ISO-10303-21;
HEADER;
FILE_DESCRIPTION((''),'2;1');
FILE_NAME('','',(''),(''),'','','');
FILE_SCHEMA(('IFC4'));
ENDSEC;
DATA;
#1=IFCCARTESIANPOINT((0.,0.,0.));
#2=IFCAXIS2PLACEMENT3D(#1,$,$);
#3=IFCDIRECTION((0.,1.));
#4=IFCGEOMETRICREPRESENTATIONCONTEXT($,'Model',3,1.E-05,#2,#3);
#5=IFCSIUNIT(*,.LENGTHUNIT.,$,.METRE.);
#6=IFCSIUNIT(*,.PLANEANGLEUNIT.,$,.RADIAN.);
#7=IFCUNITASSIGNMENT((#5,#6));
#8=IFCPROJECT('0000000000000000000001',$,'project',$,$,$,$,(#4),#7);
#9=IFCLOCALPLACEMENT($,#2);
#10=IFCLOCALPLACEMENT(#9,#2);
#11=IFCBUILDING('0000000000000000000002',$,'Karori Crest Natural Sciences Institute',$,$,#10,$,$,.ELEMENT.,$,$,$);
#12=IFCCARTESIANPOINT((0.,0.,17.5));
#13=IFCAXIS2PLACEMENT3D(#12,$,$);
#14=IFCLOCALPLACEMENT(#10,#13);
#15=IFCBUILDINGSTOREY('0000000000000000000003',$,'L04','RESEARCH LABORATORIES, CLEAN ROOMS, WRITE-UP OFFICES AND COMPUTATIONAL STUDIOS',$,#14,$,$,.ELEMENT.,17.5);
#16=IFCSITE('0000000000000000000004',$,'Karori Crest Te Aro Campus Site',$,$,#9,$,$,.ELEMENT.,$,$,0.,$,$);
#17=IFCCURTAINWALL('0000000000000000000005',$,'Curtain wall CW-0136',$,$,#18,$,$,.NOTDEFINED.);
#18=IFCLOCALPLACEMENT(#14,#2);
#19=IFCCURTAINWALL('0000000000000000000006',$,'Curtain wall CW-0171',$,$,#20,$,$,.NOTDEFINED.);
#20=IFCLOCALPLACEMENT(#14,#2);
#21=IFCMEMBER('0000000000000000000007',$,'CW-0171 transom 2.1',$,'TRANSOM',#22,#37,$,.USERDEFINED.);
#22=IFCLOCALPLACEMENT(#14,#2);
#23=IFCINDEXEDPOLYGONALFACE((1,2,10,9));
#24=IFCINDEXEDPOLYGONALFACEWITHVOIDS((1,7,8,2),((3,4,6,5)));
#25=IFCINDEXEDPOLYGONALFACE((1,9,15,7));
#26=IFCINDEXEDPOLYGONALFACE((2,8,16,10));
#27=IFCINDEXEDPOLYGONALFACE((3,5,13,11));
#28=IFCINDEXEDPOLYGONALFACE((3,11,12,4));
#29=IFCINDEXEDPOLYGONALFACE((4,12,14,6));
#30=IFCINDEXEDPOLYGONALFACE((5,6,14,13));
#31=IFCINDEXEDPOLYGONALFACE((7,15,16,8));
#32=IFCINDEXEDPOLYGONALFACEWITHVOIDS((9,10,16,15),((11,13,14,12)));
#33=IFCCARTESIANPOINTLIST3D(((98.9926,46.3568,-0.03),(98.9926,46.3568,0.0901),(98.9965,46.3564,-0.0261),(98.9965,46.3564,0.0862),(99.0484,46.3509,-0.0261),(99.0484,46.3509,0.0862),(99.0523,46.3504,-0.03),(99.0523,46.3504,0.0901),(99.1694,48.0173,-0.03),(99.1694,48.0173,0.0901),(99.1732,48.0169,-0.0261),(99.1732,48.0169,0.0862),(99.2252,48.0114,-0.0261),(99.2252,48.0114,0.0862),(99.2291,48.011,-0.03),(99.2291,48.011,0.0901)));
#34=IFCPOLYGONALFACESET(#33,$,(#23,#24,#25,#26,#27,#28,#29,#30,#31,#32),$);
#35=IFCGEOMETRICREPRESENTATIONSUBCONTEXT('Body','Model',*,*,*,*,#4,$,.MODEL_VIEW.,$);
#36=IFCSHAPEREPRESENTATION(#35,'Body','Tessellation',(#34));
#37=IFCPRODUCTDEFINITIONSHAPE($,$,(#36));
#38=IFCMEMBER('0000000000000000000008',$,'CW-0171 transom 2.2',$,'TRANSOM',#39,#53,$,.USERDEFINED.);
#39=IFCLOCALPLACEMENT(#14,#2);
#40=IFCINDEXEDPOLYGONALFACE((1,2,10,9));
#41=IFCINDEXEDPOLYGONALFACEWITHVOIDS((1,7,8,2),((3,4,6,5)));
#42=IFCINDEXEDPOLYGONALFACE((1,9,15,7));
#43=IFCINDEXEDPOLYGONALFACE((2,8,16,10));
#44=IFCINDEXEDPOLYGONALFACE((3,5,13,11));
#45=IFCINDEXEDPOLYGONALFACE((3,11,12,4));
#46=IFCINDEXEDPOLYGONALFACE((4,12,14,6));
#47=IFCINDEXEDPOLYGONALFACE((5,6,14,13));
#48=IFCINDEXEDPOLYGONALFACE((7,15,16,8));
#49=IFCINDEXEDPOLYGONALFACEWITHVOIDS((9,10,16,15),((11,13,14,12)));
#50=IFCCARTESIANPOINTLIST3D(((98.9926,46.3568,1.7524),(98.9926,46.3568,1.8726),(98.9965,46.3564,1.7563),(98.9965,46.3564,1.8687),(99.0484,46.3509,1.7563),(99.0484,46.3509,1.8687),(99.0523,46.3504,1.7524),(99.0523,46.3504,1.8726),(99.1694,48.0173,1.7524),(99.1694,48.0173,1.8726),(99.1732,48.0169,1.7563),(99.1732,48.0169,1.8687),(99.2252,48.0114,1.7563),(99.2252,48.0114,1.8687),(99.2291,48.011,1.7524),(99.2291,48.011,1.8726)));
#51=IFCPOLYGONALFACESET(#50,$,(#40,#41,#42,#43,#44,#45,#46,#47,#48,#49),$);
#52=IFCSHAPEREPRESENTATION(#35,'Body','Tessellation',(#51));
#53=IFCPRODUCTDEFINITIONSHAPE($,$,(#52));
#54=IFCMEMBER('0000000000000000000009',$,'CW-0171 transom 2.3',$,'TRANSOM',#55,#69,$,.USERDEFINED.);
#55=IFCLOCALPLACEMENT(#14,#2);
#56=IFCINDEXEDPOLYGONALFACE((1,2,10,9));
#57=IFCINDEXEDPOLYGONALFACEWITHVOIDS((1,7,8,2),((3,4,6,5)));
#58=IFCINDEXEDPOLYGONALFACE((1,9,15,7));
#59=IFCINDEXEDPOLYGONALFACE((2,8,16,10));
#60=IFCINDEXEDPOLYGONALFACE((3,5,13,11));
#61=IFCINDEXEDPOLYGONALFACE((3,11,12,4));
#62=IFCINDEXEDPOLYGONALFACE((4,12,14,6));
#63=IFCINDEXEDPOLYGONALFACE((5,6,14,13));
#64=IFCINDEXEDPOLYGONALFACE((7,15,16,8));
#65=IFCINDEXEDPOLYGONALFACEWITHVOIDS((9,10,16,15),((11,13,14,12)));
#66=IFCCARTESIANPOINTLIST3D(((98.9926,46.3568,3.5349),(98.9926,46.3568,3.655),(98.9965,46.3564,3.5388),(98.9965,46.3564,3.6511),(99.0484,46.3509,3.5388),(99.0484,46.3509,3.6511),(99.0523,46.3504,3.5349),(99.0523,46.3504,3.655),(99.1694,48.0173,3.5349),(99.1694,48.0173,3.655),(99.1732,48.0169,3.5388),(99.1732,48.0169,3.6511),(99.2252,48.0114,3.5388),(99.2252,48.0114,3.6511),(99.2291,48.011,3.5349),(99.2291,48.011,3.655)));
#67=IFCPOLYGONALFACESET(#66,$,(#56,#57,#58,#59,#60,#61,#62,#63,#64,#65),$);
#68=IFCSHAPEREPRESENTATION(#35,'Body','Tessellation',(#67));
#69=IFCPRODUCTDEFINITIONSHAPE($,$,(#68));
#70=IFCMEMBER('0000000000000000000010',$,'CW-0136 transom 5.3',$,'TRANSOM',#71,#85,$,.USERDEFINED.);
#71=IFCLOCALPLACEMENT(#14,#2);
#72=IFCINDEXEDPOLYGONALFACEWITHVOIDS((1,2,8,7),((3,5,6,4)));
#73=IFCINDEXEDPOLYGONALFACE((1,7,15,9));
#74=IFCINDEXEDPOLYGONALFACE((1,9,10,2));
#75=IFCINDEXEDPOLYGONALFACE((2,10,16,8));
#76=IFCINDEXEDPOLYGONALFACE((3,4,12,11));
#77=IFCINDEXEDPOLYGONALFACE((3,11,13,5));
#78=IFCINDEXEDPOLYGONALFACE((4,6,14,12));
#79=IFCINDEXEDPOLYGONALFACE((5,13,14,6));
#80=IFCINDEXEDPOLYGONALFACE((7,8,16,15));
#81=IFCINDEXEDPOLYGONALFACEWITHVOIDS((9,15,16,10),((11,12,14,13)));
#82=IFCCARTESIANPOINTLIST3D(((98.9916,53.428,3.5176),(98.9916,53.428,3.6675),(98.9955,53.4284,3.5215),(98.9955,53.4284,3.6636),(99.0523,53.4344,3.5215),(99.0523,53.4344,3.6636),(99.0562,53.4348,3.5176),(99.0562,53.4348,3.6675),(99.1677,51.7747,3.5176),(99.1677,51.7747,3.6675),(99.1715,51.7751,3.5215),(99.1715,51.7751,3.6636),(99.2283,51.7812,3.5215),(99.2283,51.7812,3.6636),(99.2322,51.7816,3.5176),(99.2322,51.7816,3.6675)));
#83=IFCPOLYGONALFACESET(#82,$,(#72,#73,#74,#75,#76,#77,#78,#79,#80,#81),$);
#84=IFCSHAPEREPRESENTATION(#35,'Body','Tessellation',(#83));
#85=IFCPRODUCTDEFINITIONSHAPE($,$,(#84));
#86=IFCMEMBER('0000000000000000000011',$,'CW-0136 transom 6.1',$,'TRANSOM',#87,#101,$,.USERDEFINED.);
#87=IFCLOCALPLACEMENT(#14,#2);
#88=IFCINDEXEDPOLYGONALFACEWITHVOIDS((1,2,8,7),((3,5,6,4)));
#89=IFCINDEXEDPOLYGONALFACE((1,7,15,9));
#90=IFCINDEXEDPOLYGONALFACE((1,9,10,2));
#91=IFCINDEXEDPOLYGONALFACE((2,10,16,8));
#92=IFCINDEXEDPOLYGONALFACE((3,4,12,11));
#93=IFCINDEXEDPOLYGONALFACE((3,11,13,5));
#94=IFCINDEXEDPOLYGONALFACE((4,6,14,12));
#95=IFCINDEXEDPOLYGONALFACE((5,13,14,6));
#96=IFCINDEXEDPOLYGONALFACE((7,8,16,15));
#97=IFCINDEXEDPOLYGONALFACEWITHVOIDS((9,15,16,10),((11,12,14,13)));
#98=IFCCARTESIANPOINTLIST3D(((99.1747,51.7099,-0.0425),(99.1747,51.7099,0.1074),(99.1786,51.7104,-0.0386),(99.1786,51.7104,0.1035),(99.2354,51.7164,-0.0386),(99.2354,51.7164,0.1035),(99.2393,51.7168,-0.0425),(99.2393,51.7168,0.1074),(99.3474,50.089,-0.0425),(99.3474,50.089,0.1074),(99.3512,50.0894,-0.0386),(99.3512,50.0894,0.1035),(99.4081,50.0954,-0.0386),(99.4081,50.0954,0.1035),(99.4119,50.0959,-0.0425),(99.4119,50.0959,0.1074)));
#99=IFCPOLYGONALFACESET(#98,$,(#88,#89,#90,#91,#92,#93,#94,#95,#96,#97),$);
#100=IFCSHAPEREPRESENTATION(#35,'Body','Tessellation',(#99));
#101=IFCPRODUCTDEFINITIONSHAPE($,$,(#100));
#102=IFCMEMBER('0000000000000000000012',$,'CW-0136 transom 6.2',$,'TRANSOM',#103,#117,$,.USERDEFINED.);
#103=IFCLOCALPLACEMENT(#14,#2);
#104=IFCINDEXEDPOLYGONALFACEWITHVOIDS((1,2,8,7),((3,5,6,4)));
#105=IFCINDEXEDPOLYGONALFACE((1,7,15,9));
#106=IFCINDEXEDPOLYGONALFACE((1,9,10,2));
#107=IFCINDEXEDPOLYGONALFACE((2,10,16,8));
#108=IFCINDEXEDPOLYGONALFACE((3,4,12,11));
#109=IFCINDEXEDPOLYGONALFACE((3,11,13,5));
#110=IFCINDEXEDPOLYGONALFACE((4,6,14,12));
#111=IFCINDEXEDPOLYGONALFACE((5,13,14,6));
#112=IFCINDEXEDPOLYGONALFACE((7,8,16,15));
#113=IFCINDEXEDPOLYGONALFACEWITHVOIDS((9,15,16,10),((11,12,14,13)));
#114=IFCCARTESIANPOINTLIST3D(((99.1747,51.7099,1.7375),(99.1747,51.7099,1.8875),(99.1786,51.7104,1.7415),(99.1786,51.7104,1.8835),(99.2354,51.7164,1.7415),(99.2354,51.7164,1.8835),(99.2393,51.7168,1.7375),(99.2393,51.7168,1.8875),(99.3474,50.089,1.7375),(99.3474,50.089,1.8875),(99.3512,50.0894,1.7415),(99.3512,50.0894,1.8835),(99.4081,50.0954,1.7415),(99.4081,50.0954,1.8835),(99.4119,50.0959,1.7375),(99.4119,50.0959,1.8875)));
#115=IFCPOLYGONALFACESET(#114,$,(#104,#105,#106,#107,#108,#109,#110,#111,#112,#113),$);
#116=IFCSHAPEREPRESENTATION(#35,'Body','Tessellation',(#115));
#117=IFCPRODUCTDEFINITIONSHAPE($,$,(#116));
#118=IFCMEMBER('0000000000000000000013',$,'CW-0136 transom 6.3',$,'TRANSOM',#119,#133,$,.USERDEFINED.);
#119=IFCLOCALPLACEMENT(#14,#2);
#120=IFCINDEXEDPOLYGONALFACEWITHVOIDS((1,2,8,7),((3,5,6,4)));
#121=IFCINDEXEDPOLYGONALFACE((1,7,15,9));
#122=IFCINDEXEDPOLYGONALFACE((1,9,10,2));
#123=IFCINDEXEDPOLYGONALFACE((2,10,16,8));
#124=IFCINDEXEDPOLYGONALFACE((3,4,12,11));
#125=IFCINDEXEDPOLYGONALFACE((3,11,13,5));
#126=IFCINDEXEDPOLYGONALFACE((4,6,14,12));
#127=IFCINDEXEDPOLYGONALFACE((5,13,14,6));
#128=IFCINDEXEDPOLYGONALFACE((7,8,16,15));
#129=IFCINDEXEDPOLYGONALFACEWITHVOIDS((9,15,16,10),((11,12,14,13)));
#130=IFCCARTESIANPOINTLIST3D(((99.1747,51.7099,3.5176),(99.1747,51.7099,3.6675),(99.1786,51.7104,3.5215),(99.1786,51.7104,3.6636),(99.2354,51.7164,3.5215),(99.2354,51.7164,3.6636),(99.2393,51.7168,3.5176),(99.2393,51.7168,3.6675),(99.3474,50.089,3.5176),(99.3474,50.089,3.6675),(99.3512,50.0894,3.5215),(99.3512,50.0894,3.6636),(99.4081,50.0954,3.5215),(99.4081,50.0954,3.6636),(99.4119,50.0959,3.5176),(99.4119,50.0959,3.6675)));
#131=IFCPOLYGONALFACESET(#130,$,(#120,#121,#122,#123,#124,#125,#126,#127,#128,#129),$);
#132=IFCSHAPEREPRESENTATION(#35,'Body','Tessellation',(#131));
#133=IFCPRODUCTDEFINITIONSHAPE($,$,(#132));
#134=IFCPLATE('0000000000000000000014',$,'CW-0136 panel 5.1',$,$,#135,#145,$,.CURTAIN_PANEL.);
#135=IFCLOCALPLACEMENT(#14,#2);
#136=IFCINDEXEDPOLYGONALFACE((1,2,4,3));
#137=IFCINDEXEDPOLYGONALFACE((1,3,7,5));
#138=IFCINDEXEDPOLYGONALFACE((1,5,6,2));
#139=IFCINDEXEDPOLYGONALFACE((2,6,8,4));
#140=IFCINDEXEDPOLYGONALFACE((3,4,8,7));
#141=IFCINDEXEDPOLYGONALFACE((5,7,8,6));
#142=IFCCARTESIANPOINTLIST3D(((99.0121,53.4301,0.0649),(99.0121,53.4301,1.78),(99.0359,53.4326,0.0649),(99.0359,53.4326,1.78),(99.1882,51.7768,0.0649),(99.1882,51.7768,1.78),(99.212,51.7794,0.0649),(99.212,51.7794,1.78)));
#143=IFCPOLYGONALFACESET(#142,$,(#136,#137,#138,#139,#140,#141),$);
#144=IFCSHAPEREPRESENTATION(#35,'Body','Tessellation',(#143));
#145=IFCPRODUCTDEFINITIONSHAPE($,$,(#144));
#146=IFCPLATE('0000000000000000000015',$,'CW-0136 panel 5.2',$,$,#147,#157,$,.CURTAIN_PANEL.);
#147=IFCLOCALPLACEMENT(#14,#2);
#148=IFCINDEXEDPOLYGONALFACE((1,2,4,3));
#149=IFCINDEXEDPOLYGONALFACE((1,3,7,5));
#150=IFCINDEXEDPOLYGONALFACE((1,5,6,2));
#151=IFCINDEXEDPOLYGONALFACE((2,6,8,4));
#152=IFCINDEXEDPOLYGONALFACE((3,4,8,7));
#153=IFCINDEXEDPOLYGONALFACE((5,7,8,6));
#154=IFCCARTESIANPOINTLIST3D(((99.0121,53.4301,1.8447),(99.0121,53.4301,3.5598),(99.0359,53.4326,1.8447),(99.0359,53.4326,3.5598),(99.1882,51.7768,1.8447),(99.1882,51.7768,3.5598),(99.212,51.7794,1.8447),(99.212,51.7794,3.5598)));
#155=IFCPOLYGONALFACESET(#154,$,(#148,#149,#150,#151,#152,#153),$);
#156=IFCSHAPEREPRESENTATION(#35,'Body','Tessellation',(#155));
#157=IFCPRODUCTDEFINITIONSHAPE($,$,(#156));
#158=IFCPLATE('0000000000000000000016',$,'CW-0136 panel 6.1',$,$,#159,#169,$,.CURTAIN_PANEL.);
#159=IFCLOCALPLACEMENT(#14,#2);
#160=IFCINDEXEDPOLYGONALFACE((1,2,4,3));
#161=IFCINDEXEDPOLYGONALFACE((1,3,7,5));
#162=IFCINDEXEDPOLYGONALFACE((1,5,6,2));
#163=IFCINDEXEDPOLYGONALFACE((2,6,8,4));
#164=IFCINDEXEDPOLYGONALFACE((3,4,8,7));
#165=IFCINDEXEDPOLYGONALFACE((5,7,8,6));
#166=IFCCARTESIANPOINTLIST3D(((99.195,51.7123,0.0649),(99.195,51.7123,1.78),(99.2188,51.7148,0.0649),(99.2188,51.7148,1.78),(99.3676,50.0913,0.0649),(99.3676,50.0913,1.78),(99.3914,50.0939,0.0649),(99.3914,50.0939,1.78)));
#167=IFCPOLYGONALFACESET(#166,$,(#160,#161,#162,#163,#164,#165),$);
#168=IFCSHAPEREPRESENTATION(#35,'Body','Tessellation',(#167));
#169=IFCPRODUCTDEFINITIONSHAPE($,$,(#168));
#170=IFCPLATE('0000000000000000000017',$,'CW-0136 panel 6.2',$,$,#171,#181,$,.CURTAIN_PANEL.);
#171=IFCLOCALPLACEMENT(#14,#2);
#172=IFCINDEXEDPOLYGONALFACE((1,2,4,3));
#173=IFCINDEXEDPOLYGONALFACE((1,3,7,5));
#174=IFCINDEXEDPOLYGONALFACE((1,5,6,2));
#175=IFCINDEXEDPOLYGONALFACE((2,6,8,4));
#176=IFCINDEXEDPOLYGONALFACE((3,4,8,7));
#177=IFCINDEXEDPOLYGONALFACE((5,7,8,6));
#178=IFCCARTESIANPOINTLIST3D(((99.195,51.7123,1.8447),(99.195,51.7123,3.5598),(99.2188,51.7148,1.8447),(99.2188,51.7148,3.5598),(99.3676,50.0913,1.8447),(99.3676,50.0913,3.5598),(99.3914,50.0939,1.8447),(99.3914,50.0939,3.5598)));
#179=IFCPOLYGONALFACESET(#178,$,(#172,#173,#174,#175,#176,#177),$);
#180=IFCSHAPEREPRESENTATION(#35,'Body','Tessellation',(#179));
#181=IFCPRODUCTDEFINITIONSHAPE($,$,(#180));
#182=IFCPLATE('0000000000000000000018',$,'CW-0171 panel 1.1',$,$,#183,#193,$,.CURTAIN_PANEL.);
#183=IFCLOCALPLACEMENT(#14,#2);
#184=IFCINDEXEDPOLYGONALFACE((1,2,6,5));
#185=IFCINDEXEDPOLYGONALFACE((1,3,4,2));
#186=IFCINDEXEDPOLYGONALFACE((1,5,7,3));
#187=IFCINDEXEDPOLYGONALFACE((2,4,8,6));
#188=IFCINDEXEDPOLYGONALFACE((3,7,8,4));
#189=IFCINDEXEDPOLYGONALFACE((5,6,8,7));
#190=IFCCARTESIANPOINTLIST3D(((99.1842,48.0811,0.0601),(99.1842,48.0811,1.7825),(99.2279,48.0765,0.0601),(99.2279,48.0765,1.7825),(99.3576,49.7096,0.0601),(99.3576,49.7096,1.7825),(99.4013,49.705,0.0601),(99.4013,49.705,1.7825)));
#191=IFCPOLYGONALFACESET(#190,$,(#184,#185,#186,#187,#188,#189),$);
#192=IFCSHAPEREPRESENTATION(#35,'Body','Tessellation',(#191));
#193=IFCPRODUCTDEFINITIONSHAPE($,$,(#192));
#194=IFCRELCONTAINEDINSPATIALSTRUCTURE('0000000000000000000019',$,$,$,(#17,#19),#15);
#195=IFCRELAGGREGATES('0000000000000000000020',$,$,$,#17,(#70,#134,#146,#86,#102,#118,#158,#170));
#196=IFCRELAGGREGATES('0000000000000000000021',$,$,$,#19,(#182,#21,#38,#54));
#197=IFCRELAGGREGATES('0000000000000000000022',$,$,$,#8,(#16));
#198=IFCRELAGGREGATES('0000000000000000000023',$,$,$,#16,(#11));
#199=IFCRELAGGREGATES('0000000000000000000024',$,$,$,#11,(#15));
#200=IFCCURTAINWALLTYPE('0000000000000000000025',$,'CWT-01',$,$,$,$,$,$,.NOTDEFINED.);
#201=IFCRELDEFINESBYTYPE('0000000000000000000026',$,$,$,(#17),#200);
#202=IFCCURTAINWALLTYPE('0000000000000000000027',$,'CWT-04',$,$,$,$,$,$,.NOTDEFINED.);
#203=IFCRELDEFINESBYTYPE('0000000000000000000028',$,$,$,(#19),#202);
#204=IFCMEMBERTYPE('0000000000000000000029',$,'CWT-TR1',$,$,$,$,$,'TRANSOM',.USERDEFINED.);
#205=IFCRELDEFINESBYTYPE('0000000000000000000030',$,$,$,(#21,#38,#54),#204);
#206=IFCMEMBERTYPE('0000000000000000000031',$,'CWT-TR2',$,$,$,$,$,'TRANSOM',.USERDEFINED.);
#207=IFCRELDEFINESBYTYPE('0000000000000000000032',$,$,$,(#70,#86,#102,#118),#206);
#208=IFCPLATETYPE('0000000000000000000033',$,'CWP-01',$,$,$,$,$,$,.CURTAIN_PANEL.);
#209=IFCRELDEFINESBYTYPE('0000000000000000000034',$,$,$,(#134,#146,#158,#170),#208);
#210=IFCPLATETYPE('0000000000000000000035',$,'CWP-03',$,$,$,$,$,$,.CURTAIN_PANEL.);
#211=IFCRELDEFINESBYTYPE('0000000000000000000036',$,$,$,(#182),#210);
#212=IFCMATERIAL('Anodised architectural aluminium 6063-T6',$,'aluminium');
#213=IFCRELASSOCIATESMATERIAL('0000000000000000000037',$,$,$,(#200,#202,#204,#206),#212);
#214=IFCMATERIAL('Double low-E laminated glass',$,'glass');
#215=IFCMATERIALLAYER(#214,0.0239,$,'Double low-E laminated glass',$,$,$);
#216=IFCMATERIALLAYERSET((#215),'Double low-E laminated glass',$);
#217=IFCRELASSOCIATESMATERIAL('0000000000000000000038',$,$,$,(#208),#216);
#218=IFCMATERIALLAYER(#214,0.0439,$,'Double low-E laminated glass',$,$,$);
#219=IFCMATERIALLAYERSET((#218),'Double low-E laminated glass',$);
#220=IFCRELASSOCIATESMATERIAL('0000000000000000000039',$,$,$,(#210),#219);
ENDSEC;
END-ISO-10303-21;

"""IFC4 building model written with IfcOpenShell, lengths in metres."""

from ifc_helpers import new_model, si_unit, direction, frame, origin, origin_2d, place, context, subcontext, project, spatial, rectangle, hollow_rectangle, extrude, material, layer, layer_set, material_profile, profile_set, type_object, element, aggregate, save


model = new_model("IFC4")

# Units and contexts
model_context = context("Model", 3, precision=1e-05, world=origin(), true_north=direction((0.0, 1.0)))
body_context = subcontext(model_context, "Body", "Model", "MODEL_VIEW")
ifc_project = project(units=[si_unit("LENGTHUNIT", "METRE"), si_unit("PLANEANGLEUNIT", "RADIAN")], contexts=[model_context])

# Site, building, storey
site_placement = place(None, origin())
site = spatial("IfcSite", under=ifc_project, at=site_placement, Name="Karori Crest Te Aro Campus Site", CompositionType="ELEMENT", RefElevation=0.0)
building_placement = place(site_placement, origin())
building = spatial("IfcBuilding", under=site, at=building_placement, Name="Karori Crest Natural Sciences Institute", CompositionType="ELEMENT")
storey_placement = place(building_placement, frame((0.0, 0.0, 17.5)))
storey = spatial("IfcBuildingStorey", under=building, at=storey_placement, Name="L04", Description="RESEARCH LABORATORIES, CLEAN ROOMS, WRITE-UP OFFICES AND COMPUTATIONAL STUDIOS", CompositionType="ELEMENT", Elevation=17.5)

# Curtain walls, members
ifc_material_1 = material(Name="Anodised architectural aluminium 6063-T6", Category="aluminium")
curtain_wall_type_1 = type_object("IfcCurtainWallType", Name="CWT-01", PredefinedType="NOTDEFINED", material=ifc_material_1)
curtain_wall_1_placement = place(storey_placement, origin())
curtain_wall_1 = element("IfcCurtainWall", 1, at=curtain_wall_1_placement, inside=storey, type_object=curtain_wall_type_1, Name="Curtain wall CW-0136", PredefinedType="NOTDEFINED")
curtain_wall_type_2 = type_object("IfcCurtainWallType", Name="CWT-04", PredefinedType="NOTDEFINED", material=ifc_material_1)
curtain_wall_2_placement = place(storey_placement, origin())
curtain_wall_2 = element("IfcCurtainWall", 2, at=curtain_wall_2_placement, inside=storey, type_object=curtain_wall_type_2, Name="Curtain wall CW-0171", PredefinedType="NOTDEFINED")
ifc_material_profile_1 = material_profile(ifc_material_1, hollow_rectangle(XDim=0.0601, YDim=0.1201, WallThickness=0.0039, at=origin_2d()), Name="CWT120x60x4")
ifc_profile_set_1 = profile_set([ifc_material_profile_1], Name="Anodised architectural aluminium 6063-T6")
member_type_1 = type_object("IfcMemberType", Name="CWT-TR1", ElementType="TRANSOM", PredefinedType="USERDEFINED", material=ifc_profile_set_1)
member_1_placement = place(storey_placement, frame((99.1992, 48.0142, 0.03), z_axis=(-0.105841, -0.994383, 0.0), x_axis=(0.994383, -0.105841, 0.0)))
member_1 = element("IfcMember", 3, at=member_1_placement, type_object=member_type_1, Name="CW-0171 transom 2.1", ObjectType="TRANSOM", PredefinedType="USERDEFINED", context=body_context, shape_type="SweptSolid", body=[
    extrude(hollow_rectangle(XDim=0.0601, YDim=0.1201, WallThickness=0.0039, at=origin_2d()), origin(), (0.0, 0.0, 1.0), 1.6699),
])
member_2_placement = place(storey_placement, frame((99.1992, 48.0142, 1.8125), z_axis=(-0.105841, -0.994383, 0.0), x_axis=(0.994383, -0.105841, 0.0)))
member_2 = element("IfcMember", 4, at=member_2_placement, type_object=member_type_1, Name="CW-0171 transom 2.2", ObjectType="TRANSOM", PredefinedType="USERDEFINED", context=body_context, shape_type="SweptSolid", body=[
    extrude(hollow_rectangle(XDim=0.0601, YDim=0.1201, WallThickness=0.0039, at=origin_2d()), origin(), (0.0, 0.0, 1.0), 1.6699),
])
member_3_placement = place(storey_placement, frame((99.1992, 48.0142, 3.595), z_axis=(-0.105841, -0.994383, 0.0), x_axis=(0.994383, -0.105841, 0.0)))
member_3 = element("IfcMember", 5, at=member_3_placement, type_object=member_type_1, Name="CW-0171 transom 2.3", ObjectType="TRANSOM", PredefinedType="USERDEFINED", context=body_context, shape_type="SweptSolid", body=[
    extrude(hollow_rectangle(XDim=0.0601, YDim=0.1201, WallThickness=0.0039, at=origin_2d()), origin(), (0.0, 0.0, 1.0), 1.6699),
])

# Members
ifc_material_profile_2 = material_profile(ifc_material_1, hollow_rectangle(XDim=0.0649, YDim=0.1499, WallThickness=0.0039, at=origin_2d()), Name="CWT150x65x4")
ifc_profile_set_2 = profile_set([ifc_material_profile_2], Name="Anodised architectural aluminium 6063-T6")
member_type_2 = type_object("IfcMemberType", Name="CWT-TR2", ElementType="TRANSOM", PredefinedType="USERDEFINED", material=ifc_profile_set_2)
member_4_placement = place(storey_placement, frame((99.0239, 53.4314, 3.5925), z_axis=(0.105869, -0.99438, 0.0), x_axis=(0.99438, 0.105869, 0.0)))
member_4 = element("IfcMember", 6, at=member_4_placement, type_object=member_type_2, Name="CW-0136 transom 5.3", ObjectType="TRANSOM", PredefinedType="USERDEFINED", context=body_context, shape_type="SweptSolid", body=[
    extrude(hollow_rectangle(XDim=0.0649, YDim=0.1499, WallThickness=0.0039, at=origin_2d()), origin(), (0.0, 0.0, 1.0), 1.6626),
])
member_5_placement = place(storey_placement, frame((99.207, 51.7134, 0.0325), z_axis=(0.105893, -0.994378, 0.0), x_axis=(0.994378, 0.105893, 0.0)))
member_5 = element("IfcMember", 7, at=member_5_placement, type_object=member_type_2, Name="CW-0136 transom 6.1", ObjectType="TRANSOM", PredefinedType="USERDEFINED", context=body_context, shape_type="SweptSolid", body=[
    extrude(hollow_rectangle(XDim=0.0649, YDim=0.1499, WallThickness=0.0039, at=origin_2d()), origin(), (0.0, 0.0, 1.0), 1.6301),
])
member_6_placement = place(storey_placement, frame((99.207, 51.7134, 1.8125), z_axis=(0.105893, -0.994378, 0.0), x_axis=(0.994378, 0.105893, 0.0)))
member_6 = element("IfcMember", 8, at=member_6_placement, type_object=member_type_2, Name="CW-0136 transom 6.2", ObjectType="TRANSOM", PredefinedType="USERDEFINED", context=body_context, shape_type="SweptSolid", body=[
    extrude(hollow_rectangle(XDim=0.0649, YDim=0.1499, WallThickness=0.0039, at=origin_2d()), origin(), (0.0, 0.0, 1.0), 1.6301),
])
member_7_placement = place(storey_placement, frame((99.207, 51.7134, 3.5925), z_axis=(0.105893, -0.994378, 0.0), x_axis=(0.994378, 0.105893, 0.0)))
member_7 = element("IfcMember", 9, at=member_7_placement, type_object=member_type_2, Name="CW-0136 transom 6.3", ObjectType="TRANSOM", PredefinedType="USERDEFINED", context=body_context, shape_type="SweptSolid", body=[
    extrude(hollow_rectangle(XDim=0.0649, YDim=0.1499, WallThickness=0.0039, at=origin_2d()), origin(), (0.0, 0.0, 1.0), 1.6301),
])

# Plates
ifc_material_2 = material(Name="Double low-E laminated glass", Category="glass")
ifc_layer_1 = layer(ifc_material_2, 0.0239, Name="Double low-E laminated glass")
ifc_layer_set_1 = layer_set([ifc_layer_1], Name="Double low-E laminated glass")
plate_type_1 = type_object("IfcPlateType", Name="CWP-01", PredefinedType="CURTAIN_PANEL", material=ifc_layer_set_1)
plate_1_placement = place(storey_placement, frame((99.1121, 52.6047, 0.0649), z_axis=(0.0, 0.0, 1.0), x_axis=(0.105884, -0.994378, 0.0)))
plate_1 = element("IfcPlate", 10, at=plate_1_placement, type_object=plate_type_1, Name="CW-0136 panel 5.1", PredefinedType="CURTAIN_PANEL", context=body_context, shape_type="SweptSolid", body=[
    extrude(rectangle(XDim=1.6626, YDim=0.0239, at=origin_2d()), origin(), (0.0, 0.0, 1.0), 1.7151),
])
plate_2_placement = place(storey_placement, frame((99.1121, 52.6047, 1.8447), z_axis=(0.0, 0.0, 1.0), x_axis=(0.105884, -0.994378, 0.0)))
plate_2 = element("IfcPlate", 11, at=plate_2_placement, type_object=plate_type_1, Name="CW-0136 panel 5.2", PredefinedType="CURTAIN_PANEL", context=body_context, shape_type="SweptSolid", body=[
    extrude(rectangle(XDim=1.6626, YDim=0.0239, at=origin_2d()), origin(), (0.0, 0.0, 1.0), 1.7151),
])
plate_3_placement = place(storey_placement, frame((99.2932, 50.9031, 0.0649), z_axis=(0.0, 0.0, 1.0), x_axis=(0.105884, -0.994378, 0.0)))
plate_3 = element("IfcPlate", 12, at=plate_3_placement, type_object=plate_type_1, Name="CW-0136 panel 6.1", PredefinedType="CURTAIN_PANEL", context=body_context, shape_type="SweptSolid", body=[
    extrude(rectangle(XDim=1.6301, YDim=0.0239, at=origin_2d()), origin(), (0.0, 0.0, 1.0), 1.7151),
])
plate_4_placement = place(storey_placement, frame((99.2932, 50.9031, 1.8447), z_axis=(0.0, 0.0, 1.0), x_axis=(0.105884, -0.994378, 0.0)))
plate_4 = element("IfcPlate", 13, at=plate_4_placement, type_object=plate_type_1, Name="CW-0136 panel 6.2", PredefinedType="CURTAIN_PANEL", context=body_context, shape_type="SweptSolid", body=[
    extrude(rectangle(XDim=1.6301, YDim=0.0239, at=origin_2d()), origin(), (0.0, 0.0, 1.0), 1.7151),
])
aggregate(curtain_wall_1, [member_4, plate_1, plate_2, member_5, member_6, member_7, plate_3, plate_4])
ifc_layer_2 = layer(ifc_material_2, 0.0439, Name="Double low-E laminated glass")
ifc_layer_set_2 = layer_set([ifc_layer_2], Name="Double low-E laminated glass")
plate_type_2 = type_object("IfcPlateType", Name="CWP-03", PredefinedType="CURTAIN_PANEL", material=ifc_layer_set_2)
plate_5_placement = place(storey_placement, frame((99.2927, 48.8931, 0.0601), z_axis=(0.0, 0.0, 1.0), x_axis=(-0.105886, -0.994378, 0.0)))
plate_5 = element("IfcPlate", 14, at=plate_5_placement, type_object=plate_type_2, Name="CW-0171 panel 1.1", PredefinedType="CURTAIN_PANEL", context=body_context, shape_type="SweptSolid", body=[
    extrude(rectangle(XDim=1.6377, YDim=0.0439, at=origin_2d()), origin(), (0.0, 0.0, 1.0), 1.7224),
])
aggregate(curtain_wall_2, [plate_5, member_1, member_2, member_3])

save(model, "model.ifc")
